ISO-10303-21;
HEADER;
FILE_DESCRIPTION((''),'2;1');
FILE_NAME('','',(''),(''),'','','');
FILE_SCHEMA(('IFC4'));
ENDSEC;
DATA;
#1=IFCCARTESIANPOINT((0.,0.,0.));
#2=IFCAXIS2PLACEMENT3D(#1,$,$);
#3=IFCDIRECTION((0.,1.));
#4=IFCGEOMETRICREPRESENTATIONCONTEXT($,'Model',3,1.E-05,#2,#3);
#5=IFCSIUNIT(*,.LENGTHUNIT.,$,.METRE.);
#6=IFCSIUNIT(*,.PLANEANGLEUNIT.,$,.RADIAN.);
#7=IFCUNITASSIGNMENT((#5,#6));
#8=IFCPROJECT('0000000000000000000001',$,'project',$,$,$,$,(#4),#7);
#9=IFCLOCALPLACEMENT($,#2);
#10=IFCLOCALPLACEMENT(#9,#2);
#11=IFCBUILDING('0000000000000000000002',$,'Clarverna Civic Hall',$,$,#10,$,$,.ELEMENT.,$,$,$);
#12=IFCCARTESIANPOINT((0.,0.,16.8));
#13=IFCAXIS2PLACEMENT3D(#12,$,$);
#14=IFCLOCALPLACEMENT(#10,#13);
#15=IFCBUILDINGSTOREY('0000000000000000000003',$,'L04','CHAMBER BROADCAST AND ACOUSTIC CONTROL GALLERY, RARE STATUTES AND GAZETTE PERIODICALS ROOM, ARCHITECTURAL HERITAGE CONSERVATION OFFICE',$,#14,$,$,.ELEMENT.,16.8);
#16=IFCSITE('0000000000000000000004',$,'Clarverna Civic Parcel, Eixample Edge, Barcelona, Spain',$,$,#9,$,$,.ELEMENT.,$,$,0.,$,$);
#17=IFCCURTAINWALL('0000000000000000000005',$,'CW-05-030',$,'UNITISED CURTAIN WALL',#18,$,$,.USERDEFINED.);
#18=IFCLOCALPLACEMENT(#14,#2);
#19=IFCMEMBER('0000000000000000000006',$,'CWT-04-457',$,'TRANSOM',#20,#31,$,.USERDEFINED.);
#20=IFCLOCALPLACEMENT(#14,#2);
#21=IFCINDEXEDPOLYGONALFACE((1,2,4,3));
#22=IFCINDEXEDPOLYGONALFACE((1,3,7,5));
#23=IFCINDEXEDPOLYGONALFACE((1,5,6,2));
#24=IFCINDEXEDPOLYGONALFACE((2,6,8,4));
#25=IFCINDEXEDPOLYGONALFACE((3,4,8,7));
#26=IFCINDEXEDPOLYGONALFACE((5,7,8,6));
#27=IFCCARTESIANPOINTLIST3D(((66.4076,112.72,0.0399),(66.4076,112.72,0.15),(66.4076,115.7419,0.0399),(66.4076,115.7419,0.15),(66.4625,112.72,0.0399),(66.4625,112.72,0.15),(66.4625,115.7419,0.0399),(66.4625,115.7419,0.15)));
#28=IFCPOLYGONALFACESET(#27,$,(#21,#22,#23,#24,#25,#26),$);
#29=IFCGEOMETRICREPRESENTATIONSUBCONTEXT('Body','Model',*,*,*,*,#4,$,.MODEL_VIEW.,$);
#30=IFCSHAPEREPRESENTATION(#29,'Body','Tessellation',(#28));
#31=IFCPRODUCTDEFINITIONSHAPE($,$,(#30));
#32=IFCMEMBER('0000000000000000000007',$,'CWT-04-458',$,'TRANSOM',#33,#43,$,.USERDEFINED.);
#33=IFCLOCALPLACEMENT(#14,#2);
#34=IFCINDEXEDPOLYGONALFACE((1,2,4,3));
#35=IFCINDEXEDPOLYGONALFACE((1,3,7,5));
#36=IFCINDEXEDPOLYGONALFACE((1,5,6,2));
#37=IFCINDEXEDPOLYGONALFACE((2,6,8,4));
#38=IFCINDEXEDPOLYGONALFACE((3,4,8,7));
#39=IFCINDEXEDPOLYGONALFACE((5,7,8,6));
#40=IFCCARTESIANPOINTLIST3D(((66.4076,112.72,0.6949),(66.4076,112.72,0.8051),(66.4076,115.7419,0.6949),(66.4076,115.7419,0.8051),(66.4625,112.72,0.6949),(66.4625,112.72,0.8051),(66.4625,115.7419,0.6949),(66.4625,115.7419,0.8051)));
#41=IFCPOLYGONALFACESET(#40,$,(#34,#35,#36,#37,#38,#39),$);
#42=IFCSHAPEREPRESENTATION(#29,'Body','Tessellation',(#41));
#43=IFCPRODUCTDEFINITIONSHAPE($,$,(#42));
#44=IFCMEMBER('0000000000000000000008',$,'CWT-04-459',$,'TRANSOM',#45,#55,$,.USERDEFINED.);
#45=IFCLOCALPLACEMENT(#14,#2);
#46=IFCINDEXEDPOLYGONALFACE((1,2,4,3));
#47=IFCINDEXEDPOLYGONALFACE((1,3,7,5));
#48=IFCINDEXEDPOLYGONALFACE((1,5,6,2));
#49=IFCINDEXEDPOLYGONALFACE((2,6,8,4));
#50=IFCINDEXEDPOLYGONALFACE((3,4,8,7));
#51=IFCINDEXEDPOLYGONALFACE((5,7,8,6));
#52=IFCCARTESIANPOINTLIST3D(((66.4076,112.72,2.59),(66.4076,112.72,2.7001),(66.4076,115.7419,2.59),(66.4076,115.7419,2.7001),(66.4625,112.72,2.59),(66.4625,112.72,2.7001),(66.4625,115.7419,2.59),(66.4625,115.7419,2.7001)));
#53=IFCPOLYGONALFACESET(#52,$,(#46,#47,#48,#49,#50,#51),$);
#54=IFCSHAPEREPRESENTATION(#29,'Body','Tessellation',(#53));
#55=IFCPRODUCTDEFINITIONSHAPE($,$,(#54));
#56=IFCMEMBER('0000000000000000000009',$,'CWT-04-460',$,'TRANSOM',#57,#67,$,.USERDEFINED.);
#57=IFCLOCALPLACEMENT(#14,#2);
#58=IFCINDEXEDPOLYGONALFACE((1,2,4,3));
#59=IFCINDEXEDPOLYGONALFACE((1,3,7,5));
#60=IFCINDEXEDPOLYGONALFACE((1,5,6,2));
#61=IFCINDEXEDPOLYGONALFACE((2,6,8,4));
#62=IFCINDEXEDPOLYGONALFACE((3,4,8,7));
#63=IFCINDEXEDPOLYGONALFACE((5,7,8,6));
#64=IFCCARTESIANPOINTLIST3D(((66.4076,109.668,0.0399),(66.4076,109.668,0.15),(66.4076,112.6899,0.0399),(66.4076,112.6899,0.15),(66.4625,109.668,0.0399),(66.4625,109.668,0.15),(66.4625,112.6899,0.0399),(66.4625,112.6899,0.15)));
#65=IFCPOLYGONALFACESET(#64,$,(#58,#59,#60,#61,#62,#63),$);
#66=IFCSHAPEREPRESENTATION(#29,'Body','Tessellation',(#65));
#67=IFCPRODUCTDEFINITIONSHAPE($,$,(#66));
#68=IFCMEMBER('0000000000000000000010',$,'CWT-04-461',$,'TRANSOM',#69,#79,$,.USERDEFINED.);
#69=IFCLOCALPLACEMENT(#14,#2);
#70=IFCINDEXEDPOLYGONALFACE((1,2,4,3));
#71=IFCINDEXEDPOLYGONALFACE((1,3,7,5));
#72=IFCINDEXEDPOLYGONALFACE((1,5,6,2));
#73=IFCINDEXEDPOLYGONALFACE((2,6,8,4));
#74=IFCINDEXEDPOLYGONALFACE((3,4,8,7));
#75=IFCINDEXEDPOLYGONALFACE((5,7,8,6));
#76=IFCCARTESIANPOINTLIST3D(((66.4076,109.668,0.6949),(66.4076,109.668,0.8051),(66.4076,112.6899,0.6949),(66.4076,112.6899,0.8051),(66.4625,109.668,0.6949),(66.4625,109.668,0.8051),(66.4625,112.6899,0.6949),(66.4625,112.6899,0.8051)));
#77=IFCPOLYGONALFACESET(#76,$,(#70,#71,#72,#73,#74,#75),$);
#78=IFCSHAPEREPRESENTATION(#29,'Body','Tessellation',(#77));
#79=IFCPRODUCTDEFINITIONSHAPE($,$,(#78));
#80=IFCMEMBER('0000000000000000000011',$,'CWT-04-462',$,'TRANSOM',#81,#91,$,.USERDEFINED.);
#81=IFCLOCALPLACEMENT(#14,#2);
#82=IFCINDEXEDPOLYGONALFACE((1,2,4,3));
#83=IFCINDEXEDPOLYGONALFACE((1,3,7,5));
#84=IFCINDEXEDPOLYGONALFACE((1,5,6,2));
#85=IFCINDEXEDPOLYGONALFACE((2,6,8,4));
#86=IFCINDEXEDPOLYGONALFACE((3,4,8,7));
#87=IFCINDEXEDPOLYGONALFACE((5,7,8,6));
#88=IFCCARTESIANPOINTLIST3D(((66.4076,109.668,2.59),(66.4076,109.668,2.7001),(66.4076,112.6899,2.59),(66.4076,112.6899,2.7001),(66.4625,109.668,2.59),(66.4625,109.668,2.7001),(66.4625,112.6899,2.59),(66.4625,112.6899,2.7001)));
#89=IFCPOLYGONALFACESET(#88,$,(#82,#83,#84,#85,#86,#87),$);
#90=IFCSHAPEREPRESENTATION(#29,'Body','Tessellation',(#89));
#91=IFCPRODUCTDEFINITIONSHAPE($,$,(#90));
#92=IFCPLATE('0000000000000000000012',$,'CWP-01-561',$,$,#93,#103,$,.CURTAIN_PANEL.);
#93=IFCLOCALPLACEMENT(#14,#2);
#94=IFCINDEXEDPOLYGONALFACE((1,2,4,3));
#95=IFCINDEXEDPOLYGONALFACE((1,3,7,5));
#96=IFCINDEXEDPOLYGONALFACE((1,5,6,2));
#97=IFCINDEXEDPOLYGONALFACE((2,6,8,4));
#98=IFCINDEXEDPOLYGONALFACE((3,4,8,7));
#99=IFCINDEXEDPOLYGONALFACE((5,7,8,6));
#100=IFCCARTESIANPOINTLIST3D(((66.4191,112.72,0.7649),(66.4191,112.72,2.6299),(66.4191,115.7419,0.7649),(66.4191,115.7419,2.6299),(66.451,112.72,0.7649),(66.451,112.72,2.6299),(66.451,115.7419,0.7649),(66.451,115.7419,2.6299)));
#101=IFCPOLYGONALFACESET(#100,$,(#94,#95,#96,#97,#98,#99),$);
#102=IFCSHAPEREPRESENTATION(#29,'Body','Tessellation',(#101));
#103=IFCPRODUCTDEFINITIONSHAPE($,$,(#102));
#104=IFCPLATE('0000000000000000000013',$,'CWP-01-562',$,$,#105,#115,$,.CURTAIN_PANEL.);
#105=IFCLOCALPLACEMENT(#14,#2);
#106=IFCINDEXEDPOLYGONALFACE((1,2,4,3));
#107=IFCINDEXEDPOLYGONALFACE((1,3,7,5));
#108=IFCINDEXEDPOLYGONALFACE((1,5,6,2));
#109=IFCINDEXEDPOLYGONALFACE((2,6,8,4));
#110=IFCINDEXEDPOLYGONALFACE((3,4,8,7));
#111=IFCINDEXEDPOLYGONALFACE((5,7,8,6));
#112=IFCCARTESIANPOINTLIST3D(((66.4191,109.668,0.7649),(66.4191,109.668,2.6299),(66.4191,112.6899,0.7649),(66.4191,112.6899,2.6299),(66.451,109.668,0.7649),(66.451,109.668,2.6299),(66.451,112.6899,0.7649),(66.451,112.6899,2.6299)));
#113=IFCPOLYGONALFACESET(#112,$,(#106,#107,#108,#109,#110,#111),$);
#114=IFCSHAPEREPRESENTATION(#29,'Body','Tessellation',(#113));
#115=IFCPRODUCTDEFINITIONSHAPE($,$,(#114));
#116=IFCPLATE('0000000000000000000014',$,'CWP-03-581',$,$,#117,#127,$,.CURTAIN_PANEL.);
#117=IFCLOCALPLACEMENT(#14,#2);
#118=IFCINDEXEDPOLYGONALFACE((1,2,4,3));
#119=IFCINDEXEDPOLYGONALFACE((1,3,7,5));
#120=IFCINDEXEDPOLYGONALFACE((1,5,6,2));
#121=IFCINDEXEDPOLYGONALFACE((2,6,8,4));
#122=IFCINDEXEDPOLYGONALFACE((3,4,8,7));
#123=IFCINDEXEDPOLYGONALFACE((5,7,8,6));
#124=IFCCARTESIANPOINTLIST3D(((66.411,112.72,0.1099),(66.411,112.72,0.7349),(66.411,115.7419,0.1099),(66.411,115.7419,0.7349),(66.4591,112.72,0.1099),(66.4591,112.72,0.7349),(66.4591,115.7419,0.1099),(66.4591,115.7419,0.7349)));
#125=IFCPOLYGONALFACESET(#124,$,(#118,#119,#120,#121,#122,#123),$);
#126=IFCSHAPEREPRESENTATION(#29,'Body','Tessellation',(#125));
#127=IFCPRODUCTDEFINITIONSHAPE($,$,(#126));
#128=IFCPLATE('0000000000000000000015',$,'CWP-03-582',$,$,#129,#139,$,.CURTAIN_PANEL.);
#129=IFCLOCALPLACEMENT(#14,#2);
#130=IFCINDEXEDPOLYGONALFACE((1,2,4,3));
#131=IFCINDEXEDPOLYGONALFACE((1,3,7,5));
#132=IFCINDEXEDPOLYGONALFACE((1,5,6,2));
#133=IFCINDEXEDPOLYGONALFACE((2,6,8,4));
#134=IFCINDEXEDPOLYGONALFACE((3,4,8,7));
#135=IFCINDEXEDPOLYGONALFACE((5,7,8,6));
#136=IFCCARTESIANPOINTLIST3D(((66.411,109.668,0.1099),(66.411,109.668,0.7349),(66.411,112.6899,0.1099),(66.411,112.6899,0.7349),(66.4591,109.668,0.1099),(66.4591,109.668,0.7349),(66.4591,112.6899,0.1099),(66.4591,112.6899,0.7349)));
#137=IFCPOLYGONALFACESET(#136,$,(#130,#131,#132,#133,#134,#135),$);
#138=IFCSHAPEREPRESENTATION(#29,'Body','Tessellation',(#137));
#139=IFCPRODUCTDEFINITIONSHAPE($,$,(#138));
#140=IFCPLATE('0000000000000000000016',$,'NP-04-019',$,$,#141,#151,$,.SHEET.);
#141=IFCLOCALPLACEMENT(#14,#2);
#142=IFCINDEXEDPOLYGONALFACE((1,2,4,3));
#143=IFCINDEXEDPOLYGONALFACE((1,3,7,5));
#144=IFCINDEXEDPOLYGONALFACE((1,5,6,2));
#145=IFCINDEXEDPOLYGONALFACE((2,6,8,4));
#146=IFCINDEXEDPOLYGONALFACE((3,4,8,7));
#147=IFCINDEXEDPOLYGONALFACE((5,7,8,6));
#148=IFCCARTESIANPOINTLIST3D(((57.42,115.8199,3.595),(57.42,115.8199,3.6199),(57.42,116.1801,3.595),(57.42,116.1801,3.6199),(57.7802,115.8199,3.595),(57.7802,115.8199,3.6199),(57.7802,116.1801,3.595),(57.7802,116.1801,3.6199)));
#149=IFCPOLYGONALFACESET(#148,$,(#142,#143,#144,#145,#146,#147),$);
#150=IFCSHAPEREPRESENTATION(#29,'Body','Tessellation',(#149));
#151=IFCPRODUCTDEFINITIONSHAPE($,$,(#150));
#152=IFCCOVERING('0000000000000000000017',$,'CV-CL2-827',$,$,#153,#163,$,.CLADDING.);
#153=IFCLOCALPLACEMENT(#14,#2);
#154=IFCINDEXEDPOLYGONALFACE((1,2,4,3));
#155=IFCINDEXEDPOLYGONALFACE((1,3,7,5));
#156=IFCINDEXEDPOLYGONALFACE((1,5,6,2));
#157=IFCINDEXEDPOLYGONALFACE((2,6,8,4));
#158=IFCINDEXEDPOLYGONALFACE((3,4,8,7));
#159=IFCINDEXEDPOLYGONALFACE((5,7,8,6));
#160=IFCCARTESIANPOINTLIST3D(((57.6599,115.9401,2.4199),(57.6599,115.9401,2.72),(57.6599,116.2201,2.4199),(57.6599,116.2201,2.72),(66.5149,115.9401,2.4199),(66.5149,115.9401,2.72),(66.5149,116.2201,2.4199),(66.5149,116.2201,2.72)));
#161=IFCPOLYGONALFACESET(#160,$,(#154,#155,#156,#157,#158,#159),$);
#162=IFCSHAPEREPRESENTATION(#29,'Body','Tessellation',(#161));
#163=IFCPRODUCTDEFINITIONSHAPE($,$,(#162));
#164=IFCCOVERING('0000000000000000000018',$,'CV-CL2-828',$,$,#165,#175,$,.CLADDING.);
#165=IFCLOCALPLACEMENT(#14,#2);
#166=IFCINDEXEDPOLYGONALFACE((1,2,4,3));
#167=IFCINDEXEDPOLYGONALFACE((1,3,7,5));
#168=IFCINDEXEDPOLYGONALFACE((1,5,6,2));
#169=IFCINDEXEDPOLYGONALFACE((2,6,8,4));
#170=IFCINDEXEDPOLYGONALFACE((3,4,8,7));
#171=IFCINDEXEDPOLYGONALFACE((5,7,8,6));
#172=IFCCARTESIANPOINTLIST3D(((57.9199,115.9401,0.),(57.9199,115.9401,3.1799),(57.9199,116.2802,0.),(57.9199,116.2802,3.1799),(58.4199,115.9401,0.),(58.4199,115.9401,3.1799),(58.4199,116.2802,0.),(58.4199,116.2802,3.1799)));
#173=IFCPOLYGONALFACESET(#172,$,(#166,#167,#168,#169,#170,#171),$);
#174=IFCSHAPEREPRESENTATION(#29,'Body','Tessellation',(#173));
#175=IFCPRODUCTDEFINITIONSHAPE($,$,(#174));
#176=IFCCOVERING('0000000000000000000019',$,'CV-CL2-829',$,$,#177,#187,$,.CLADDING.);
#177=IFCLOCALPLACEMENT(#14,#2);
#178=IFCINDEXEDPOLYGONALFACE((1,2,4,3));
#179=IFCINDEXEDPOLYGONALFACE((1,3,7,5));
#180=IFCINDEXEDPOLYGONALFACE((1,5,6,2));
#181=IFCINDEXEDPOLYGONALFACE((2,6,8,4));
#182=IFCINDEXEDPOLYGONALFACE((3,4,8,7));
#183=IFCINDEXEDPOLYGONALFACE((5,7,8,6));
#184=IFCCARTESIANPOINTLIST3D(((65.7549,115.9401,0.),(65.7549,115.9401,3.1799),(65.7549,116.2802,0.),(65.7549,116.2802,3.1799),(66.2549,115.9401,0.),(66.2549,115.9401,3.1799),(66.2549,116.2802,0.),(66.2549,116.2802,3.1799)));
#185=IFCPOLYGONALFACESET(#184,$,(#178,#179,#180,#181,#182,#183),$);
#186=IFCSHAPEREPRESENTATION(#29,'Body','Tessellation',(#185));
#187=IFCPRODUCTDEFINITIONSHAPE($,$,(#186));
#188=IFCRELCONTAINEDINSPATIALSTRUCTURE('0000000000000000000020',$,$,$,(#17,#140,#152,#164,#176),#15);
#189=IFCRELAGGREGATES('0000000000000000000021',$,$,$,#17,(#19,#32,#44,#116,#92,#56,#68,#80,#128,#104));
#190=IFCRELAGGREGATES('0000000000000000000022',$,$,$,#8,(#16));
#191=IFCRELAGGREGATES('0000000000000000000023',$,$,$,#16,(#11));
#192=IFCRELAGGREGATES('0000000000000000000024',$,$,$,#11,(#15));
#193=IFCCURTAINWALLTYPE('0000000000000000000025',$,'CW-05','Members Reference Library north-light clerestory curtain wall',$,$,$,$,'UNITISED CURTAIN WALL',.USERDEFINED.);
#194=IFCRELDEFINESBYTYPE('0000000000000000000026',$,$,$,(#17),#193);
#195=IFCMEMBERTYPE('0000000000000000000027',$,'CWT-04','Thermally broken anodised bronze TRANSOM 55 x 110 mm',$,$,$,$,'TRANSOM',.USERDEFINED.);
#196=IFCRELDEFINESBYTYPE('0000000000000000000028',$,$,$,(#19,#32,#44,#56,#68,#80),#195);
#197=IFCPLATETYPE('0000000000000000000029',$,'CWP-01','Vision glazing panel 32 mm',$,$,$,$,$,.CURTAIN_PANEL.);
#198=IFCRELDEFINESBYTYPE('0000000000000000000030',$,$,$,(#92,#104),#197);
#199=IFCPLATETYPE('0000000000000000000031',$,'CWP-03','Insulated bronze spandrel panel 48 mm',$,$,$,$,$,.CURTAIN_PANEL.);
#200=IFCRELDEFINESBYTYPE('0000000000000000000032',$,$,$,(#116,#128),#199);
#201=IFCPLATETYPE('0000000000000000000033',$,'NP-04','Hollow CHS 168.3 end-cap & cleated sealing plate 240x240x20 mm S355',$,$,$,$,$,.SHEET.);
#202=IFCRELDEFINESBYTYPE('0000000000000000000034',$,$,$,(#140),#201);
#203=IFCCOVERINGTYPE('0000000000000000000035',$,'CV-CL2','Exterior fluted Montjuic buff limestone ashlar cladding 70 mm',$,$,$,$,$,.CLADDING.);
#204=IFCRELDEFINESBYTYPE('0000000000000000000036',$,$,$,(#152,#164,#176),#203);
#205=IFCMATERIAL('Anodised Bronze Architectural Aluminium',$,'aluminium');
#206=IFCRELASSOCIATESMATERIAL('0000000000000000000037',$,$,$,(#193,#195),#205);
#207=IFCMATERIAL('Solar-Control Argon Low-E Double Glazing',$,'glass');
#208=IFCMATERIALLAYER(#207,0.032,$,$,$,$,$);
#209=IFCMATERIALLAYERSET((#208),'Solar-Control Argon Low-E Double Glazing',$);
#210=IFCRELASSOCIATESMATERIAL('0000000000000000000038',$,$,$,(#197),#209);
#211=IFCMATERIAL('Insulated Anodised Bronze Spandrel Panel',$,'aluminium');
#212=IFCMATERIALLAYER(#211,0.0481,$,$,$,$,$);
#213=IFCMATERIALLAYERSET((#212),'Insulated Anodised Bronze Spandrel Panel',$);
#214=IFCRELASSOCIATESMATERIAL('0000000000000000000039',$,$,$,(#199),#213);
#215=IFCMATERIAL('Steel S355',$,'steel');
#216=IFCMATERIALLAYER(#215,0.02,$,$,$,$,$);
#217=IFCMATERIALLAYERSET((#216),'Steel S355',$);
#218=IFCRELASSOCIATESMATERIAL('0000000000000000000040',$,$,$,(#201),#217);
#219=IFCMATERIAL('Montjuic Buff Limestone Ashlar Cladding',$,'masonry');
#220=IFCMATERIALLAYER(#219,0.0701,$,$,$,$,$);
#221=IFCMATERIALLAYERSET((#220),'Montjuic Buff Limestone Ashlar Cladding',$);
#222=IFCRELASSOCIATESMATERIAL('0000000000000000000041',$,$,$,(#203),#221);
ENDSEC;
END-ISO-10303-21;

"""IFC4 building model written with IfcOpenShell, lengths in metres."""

from ifc_helpers import new_model, si_unit, direction, frame, frame_2d, origin, origin_2d, place, context, subcontext, project, spatial, rectangle, extrude, material, layer, layer_set, material_profile, profile_set, type_object, element, aggregate, save


model = new_model("IFC4")

# Units and contexts
model_context = context("Model", 3, precision=1e-05, world=origin(), true_north=direction((0.0, 1.0)))
body_context = subcontext(model_context, "Body", "Model", "MODEL_VIEW")
ifc_project = project(units=[si_unit("LENGTHUNIT", "METRE"), si_unit("PLANEANGLEUNIT", "RADIAN")], contexts=[model_context])

# Site, building, storey
site_placement = place(None, origin())
site = spatial("IfcSite", under=ifc_project, at=site_placement, Name="Clarverna Civic Parcel, Eixample Edge, Barcelona, Spain", CompositionType="ELEMENT", RefElevation=0.0)
building_placement = place(site_placement, origin())
building = spatial("IfcBuilding", under=site, at=building_placement, Name="Clarverna Civic Hall", CompositionType="ELEMENT")
storey_placement = place(building_placement, frame((0.0, 0.0, 16.8)))
storey = spatial("IfcBuildingStorey", under=building, at=storey_placement, Name="L04", Description="CHAMBER BROADCAST AND ACOUSTIC CONTROL GALLERY, RARE STATUTES AND GAZETTE PERIODICALS ROOM, ARCHITECTURAL HERITAGE CONSERVATION OFFICE", CompositionType="ELEMENT", Elevation=16.8)

# Shared definitions
ifc_material_1 = material(Name="Steel S355", Category="steel")

# Curtain wall, members, plates
ifc_material_2 = material(Name="Anodised Bronze Architectural Aluminium", Category="aluminium")
curtain_wall_type = type_object("IfcCurtainWallType", Name="CW-05", Description="Members Reference Library north-light clerestory curtain wall", ElementType="UNITISED CURTAIN WALL", PredefinedType="USERDEFINED", material=ifc_material_2)
curtain_wall_placement = place(storey_placement, origin())
curtain_wall = element("IfcCurtainWall", 1, at=curtain_wall_placement, inside=storey, type_object=curtain_wall_type, Name="CW-05-030", ObjectType="UNITISED CURTAIN WALL", PredefinedType="USERDEFINED")
ifc_material_profile_1 = material_profile(ifc_material_2, rectangle(XDim=0.0549, YDim=0.1101, at=origin_2d()), Name="BRONZE 55x110")
ifc_profile_set_1 = profile_set([ifc_material_profile_1], Name="Anodised Bronze Architectural Aluminium")
member_type_1 = type_object("IfcMemberType", Name="CWT-04", Description="Thermally broken anodised bronze TRANSOM 55 x 110 mm", ElementType="TRANSOM", PredefinedType="USERDEFINED", material=ifc_profile_set_1)
member_1_placement = place(storey_placement, frame((66.4351, 115.7419, 0.095), z_axis=(0.0, -1.0, 0.0), x_axis=(1.0, 0.0, 0.0)))
member_1 = element("IfcMember", 2, at=member_1_placement, type_object=member_type_1, Name="CWT-04-457", ObjectType="TRANSOM", PredefinedType="USERDEFINED", context=body_context, shape_type="SweptSolid", body=[
    extrude(rectangle(XDim=0.0549, YDim=0.1101, at=origin_2d()), origin(), (0.0, 0.0, 1.0), 3.022),
])
member_2_placement = place(storey_placement, frame((66.4351, 115.7419, 0.75), z_axis=(0.0, -1.0, 0.0), x_axis=(1.0, 0.0, 0.0)))
member_2 = element("IfcMember", 3, at=member_2_placement, type_object=member_type_1, Name="CWT-04-458", ObjectType="TRANSOM", PredefinedType="USERDEFINED", context=body_context, shape_type="SweptSolid", body=[
    extrude(rectangle(XDim=0.0549, YDim=0.1101, at=origin_2d()), origin(), (0.0, 0.0, 1.0), 3.022),
])
member_3_placement = place(storey_placement, frame((66.4351, 115.7419, 2.645), z_axis=(0.0, -1.0, 0.0), x_axis=(1.0, 0.0, 0.0)))
member_3 = element("IfcMember", 4, at=member_3_placement, type_object=member_type_1, Name="CWT-04-459", ObjectType="TRANSOM", PredefinedType="USERDEFINED", context=body_context, shape_type="SweptSolid", body=[
    extrude(rectangle(XDim=0.0549, YDim=0.1101, at=origin_2d()), origin(), (0.0, 0.0, 1.0), 3.022),
])
member_4_placement = place(storey_placement, frame((66.4351, 112.6899, 0.095), z_axis=(0.0, -1.0, 0.0), x_axis=(1.0, 0.0, 0.0)))
member_4 = element("IfcMember", 5, at=member_4_placement, type_object=member_type_1, Name="CWT-04-460", ObjectType="TRANSOM", PredefinedType="USERDEFINED", context=body_context, shape_type="SweptSolid", body=[
    extrude(rectangle(XDim=0.0549, YDim=0.1101, at=origin_2d()), origin(), (0.0, 0.0, 1.0), 3.022),
])
member_5_placement = place(storey_placement, frame((66.4351, 112.6899, 0.75), z_axis=(0.0, -1.0, 0.0), x_axis=(1.0, 0.0, 0.0)))
member_5 = element("IfcMember", 6, at=member_5_placement, type_object=member_type_1, Name="CWT-04-461", ObjectType="TRANSOM", PredefinedType="USERDEFINED", context=body_context, shape_type="SweptSolid", body=[
    extrude(rectangle(XDim=0.0549, YDim=0.1101, at=origin_2d()), origin(), (0.0, 0.0, 1.0), 3.022),
])
member_6_placement = place(storey_placement, frame((66.4351, 112.6899, 2.645), z_axis=(0.0, -1.0, 0.0), x_axis=(1.0, 0.0, 0.0)))
member_6 = element("IfcMember", 7, at=member_6_placement, type_object=member_type_1, Name="CWT-04-462", ObjectType="TRANSOM", PredefinedType="USERDEFINED", context=body_context, shape_type="SweptSolid", body=[
    extrude(rectangle(XDim=0.0549, YDim=0.1101, at=origin_2d()), origin(), (0.0, 0.0, 1.0), 3.022),
])
ifc_material_3 = material(Name="Solar-Control Argon Low-E Double Glazing", Category="glass")
ifc_layer_1 = layer(ifc_material_3, 0.032)
ifc_layer_set_1 = layer_set([ifc_layer_1], Name="Solar-Control Argon Low-E Double Glazing")
plate_type_1 = type_object("IfcPlateType", Name="CWP-01", Description="Vision glazing panel 32 mm", PredefinedType="CURTAIN_PANEL", material=ifc_layer_set_1)
plate_1_placement = place(storey_placement, frame((66.4351, 115.7419, 0.7649), z_axis=(0.0, 0.0, 1.0), x_axis=(0.0, -1.0, 0.0)))
plate_1 = element("IfcPlate", 8, at=plate_1_placement, type_object=plate_type_1, Name="CWP-01-561", PredefinedType="CURTAIN_PANEL", context=body_context, shape_type="SweptSolid", body=[
    extrude(rectangle(XDim=3.022, YDim=0.032, at=frame_2d((1.511, 0.0))), origin(), (0.0, 0.0, 1.0), 1.865),
])
plate_2_placement = place(storey_placement, frame((66.4351, 112.6899, 0.7649), z_axis=(0.0, 0.0, 1.0), x_axis=(0.0, -1.0, 0.0)))
plate_2 = element("IfcPlate", 9, at=plate_2_placement, type_object=plate_type_1, Name="CWP-01-562", PredefinedType="CURTAIN_PANEL", context=body_context, shape_type="SweptSolid", body=[
    extrude(rectangle(XDim=3.022, YDim=0.032, at=frame_2d((1.511, 0.0))), origin(), (0.0, 0.0, 1.0), 1.865),
])
ifc_material_4 = material(Name="Insulated Anodised Bronze Spandrel Panel", Category="aluminium")
ifc_layer_2 = layer(ifc_material_4, 0.0481)
ifc_layer_set_2 = layer_set([ifc_layer_2], Name="Insulated Anodised Bronze Spandrel Panel")
plate_type_2 = type_object("IfcPlateType", Name="CWP-03", Description="Insulated bronze spandrel panel 48 mm", PredefinedType="CURTAIN_PANEL", material=ifc_layer_set_2)
plate_3_placement = place(storey_placement, frame((66.4351, 115.7419, 0.1099), z_axis=(0.0, 0.0, 1.0), x_axis=(0.0, -1.0, 0.0)))
plate_3 = element("IfcPlate", 10, at=plate_3_placement, type_object=plate_type_2, Name="CWP-03-581", PredefinedType="CURTAIN_PANEL", context=body_context, shape_type="SweptSolid", body=[
    extrude(rectangle(XDim=3.022, YDim=0.0481, at=frame_2d((1.511, 0.0))), origin(), (0.0, 0.0, 1.0), 0.625),
])
plate_4_placement = place(storey_placement, frame((66.4351, 112.6899, 0.1099), z_axis=(0.0, 0.0, 1.0), x_axis=(0.0, -1.0, 0.0)))
plate_4 = element("IfcPlate", 11, at=plate_4_placement, type_object=plate_type_2, Name="CWP-03-582", PredefinedType="CURTAIN_PANEL", context=body_context, shape_type="SweptSolid", body=[
    extrude(rectangle(XDim=3.022, YDim=0.0481, at=frame_2d((1.511, 0.0))), origin(), (0.0, 0.0, 1.0), 0.625),
])
aggregate(curtain_wall, [member_1, member_2, member_3, plate_3, plate_1, member_4, member_5, member_6, plate_4, plate_2])

# Plate
ifc_layer_3 = layer(ifc_material_1, 0.02)
ifc_layer_set_3 = layer_set([ifc_layer_3], Name="Steel S355")
plate_type_3 = type_object("IfcPlateType", Name="NP-04", Description="Hollow CHS 168.3 end-cap & cleated sealing plate 240x240x20 mm S355", PredefinedType="SHEET", material=ifc_layer_set_3)
plate_5_placement = place(storey_placement, frame((57.6001, 116.0, 3.595), z_axis=(0.0, 0.0, 1.0), x_axis=(1.0, 0.0, 0.0)))
element("IfcPlate", 12, at=plate_5_placement, inside=storey, type_object=plate_type_3, Name="NP-04-019", PredefinedType="SHEET", context=body_context, shape_type="SweptSolid", body=[
    extrude(rectangle(XDim=0.3601, YDim=0.3601, at=origin_2d()), origin(), (0.0, 0.0, 1.0), 0.0249),
])

# Coverings
ifc_material_5 = material(Name="Montjuic Buff Limestone Ashlar Cladding", Category="masonry")
ifc_layer_4 = layer(ifc_material_5, 0.0701)
ifc_layer_set_4 = layer_set([ifc_layer_4], Name="Montjuic Buff Limestone Ashlar Cladding")
covering_type = type_object("IfcCoveringType", Name="CV-CL2", Description="Exterior fluted Montjuic buff limestone ashlar cladding 70 mm", PredefinedType="CLADDING", material=ifc_layer_set_4)
covering_placement = place(storey_placement, frame((57.6599, 116.0801, 2.4199), z_axis=(0.0, 0.0, 1.0), x_axis=(1.0, 0.0, 0.0)))
element("IfcCovering", 13, at=covering_placement, inside=storey, type_object=covering_type, Name="CV-CL2-827", PredefinedType="CLADDING", context=body_context, shape_type="SweptSolid", body=[
    extrude(rectangle(XDim=8.855, YDim=0.28, at=frame_2d((4.4275, 0.0))), origin(), (0.0, 0.0, 1.0), 0.3),
])
for number, where, z_axis, x_axis, name in (
    (14, (57.9199, 116.1101, 0.0), (0.0, 0.0, 1.0), (1.0, 0.0, 0.0), "CV-CL2-828"),
    (15, (65.7549, 116.1101, 0.0), (0.0, 0.0, 1.0), (1.0, 0.0, 0.0), "CV-CL2-829"),
):
    element("IfcCovering", number, at=place(storey_placement, frame(where, z_axis=z_axis, x_axis=x_axis)), inside=storey, type_object=covering_type, Name=name, PredefinedType="CLADDING", context=body_context, shape_type="SweptSolid", body=[
        extrude(rectangle(XDim=0.5, YDim=0.3401, at=frame_2d((0.25, 0.0))), origin(), (0.0, 0.0, 1.0), 3.1799),
    ])

save(model, "model.ifc")
